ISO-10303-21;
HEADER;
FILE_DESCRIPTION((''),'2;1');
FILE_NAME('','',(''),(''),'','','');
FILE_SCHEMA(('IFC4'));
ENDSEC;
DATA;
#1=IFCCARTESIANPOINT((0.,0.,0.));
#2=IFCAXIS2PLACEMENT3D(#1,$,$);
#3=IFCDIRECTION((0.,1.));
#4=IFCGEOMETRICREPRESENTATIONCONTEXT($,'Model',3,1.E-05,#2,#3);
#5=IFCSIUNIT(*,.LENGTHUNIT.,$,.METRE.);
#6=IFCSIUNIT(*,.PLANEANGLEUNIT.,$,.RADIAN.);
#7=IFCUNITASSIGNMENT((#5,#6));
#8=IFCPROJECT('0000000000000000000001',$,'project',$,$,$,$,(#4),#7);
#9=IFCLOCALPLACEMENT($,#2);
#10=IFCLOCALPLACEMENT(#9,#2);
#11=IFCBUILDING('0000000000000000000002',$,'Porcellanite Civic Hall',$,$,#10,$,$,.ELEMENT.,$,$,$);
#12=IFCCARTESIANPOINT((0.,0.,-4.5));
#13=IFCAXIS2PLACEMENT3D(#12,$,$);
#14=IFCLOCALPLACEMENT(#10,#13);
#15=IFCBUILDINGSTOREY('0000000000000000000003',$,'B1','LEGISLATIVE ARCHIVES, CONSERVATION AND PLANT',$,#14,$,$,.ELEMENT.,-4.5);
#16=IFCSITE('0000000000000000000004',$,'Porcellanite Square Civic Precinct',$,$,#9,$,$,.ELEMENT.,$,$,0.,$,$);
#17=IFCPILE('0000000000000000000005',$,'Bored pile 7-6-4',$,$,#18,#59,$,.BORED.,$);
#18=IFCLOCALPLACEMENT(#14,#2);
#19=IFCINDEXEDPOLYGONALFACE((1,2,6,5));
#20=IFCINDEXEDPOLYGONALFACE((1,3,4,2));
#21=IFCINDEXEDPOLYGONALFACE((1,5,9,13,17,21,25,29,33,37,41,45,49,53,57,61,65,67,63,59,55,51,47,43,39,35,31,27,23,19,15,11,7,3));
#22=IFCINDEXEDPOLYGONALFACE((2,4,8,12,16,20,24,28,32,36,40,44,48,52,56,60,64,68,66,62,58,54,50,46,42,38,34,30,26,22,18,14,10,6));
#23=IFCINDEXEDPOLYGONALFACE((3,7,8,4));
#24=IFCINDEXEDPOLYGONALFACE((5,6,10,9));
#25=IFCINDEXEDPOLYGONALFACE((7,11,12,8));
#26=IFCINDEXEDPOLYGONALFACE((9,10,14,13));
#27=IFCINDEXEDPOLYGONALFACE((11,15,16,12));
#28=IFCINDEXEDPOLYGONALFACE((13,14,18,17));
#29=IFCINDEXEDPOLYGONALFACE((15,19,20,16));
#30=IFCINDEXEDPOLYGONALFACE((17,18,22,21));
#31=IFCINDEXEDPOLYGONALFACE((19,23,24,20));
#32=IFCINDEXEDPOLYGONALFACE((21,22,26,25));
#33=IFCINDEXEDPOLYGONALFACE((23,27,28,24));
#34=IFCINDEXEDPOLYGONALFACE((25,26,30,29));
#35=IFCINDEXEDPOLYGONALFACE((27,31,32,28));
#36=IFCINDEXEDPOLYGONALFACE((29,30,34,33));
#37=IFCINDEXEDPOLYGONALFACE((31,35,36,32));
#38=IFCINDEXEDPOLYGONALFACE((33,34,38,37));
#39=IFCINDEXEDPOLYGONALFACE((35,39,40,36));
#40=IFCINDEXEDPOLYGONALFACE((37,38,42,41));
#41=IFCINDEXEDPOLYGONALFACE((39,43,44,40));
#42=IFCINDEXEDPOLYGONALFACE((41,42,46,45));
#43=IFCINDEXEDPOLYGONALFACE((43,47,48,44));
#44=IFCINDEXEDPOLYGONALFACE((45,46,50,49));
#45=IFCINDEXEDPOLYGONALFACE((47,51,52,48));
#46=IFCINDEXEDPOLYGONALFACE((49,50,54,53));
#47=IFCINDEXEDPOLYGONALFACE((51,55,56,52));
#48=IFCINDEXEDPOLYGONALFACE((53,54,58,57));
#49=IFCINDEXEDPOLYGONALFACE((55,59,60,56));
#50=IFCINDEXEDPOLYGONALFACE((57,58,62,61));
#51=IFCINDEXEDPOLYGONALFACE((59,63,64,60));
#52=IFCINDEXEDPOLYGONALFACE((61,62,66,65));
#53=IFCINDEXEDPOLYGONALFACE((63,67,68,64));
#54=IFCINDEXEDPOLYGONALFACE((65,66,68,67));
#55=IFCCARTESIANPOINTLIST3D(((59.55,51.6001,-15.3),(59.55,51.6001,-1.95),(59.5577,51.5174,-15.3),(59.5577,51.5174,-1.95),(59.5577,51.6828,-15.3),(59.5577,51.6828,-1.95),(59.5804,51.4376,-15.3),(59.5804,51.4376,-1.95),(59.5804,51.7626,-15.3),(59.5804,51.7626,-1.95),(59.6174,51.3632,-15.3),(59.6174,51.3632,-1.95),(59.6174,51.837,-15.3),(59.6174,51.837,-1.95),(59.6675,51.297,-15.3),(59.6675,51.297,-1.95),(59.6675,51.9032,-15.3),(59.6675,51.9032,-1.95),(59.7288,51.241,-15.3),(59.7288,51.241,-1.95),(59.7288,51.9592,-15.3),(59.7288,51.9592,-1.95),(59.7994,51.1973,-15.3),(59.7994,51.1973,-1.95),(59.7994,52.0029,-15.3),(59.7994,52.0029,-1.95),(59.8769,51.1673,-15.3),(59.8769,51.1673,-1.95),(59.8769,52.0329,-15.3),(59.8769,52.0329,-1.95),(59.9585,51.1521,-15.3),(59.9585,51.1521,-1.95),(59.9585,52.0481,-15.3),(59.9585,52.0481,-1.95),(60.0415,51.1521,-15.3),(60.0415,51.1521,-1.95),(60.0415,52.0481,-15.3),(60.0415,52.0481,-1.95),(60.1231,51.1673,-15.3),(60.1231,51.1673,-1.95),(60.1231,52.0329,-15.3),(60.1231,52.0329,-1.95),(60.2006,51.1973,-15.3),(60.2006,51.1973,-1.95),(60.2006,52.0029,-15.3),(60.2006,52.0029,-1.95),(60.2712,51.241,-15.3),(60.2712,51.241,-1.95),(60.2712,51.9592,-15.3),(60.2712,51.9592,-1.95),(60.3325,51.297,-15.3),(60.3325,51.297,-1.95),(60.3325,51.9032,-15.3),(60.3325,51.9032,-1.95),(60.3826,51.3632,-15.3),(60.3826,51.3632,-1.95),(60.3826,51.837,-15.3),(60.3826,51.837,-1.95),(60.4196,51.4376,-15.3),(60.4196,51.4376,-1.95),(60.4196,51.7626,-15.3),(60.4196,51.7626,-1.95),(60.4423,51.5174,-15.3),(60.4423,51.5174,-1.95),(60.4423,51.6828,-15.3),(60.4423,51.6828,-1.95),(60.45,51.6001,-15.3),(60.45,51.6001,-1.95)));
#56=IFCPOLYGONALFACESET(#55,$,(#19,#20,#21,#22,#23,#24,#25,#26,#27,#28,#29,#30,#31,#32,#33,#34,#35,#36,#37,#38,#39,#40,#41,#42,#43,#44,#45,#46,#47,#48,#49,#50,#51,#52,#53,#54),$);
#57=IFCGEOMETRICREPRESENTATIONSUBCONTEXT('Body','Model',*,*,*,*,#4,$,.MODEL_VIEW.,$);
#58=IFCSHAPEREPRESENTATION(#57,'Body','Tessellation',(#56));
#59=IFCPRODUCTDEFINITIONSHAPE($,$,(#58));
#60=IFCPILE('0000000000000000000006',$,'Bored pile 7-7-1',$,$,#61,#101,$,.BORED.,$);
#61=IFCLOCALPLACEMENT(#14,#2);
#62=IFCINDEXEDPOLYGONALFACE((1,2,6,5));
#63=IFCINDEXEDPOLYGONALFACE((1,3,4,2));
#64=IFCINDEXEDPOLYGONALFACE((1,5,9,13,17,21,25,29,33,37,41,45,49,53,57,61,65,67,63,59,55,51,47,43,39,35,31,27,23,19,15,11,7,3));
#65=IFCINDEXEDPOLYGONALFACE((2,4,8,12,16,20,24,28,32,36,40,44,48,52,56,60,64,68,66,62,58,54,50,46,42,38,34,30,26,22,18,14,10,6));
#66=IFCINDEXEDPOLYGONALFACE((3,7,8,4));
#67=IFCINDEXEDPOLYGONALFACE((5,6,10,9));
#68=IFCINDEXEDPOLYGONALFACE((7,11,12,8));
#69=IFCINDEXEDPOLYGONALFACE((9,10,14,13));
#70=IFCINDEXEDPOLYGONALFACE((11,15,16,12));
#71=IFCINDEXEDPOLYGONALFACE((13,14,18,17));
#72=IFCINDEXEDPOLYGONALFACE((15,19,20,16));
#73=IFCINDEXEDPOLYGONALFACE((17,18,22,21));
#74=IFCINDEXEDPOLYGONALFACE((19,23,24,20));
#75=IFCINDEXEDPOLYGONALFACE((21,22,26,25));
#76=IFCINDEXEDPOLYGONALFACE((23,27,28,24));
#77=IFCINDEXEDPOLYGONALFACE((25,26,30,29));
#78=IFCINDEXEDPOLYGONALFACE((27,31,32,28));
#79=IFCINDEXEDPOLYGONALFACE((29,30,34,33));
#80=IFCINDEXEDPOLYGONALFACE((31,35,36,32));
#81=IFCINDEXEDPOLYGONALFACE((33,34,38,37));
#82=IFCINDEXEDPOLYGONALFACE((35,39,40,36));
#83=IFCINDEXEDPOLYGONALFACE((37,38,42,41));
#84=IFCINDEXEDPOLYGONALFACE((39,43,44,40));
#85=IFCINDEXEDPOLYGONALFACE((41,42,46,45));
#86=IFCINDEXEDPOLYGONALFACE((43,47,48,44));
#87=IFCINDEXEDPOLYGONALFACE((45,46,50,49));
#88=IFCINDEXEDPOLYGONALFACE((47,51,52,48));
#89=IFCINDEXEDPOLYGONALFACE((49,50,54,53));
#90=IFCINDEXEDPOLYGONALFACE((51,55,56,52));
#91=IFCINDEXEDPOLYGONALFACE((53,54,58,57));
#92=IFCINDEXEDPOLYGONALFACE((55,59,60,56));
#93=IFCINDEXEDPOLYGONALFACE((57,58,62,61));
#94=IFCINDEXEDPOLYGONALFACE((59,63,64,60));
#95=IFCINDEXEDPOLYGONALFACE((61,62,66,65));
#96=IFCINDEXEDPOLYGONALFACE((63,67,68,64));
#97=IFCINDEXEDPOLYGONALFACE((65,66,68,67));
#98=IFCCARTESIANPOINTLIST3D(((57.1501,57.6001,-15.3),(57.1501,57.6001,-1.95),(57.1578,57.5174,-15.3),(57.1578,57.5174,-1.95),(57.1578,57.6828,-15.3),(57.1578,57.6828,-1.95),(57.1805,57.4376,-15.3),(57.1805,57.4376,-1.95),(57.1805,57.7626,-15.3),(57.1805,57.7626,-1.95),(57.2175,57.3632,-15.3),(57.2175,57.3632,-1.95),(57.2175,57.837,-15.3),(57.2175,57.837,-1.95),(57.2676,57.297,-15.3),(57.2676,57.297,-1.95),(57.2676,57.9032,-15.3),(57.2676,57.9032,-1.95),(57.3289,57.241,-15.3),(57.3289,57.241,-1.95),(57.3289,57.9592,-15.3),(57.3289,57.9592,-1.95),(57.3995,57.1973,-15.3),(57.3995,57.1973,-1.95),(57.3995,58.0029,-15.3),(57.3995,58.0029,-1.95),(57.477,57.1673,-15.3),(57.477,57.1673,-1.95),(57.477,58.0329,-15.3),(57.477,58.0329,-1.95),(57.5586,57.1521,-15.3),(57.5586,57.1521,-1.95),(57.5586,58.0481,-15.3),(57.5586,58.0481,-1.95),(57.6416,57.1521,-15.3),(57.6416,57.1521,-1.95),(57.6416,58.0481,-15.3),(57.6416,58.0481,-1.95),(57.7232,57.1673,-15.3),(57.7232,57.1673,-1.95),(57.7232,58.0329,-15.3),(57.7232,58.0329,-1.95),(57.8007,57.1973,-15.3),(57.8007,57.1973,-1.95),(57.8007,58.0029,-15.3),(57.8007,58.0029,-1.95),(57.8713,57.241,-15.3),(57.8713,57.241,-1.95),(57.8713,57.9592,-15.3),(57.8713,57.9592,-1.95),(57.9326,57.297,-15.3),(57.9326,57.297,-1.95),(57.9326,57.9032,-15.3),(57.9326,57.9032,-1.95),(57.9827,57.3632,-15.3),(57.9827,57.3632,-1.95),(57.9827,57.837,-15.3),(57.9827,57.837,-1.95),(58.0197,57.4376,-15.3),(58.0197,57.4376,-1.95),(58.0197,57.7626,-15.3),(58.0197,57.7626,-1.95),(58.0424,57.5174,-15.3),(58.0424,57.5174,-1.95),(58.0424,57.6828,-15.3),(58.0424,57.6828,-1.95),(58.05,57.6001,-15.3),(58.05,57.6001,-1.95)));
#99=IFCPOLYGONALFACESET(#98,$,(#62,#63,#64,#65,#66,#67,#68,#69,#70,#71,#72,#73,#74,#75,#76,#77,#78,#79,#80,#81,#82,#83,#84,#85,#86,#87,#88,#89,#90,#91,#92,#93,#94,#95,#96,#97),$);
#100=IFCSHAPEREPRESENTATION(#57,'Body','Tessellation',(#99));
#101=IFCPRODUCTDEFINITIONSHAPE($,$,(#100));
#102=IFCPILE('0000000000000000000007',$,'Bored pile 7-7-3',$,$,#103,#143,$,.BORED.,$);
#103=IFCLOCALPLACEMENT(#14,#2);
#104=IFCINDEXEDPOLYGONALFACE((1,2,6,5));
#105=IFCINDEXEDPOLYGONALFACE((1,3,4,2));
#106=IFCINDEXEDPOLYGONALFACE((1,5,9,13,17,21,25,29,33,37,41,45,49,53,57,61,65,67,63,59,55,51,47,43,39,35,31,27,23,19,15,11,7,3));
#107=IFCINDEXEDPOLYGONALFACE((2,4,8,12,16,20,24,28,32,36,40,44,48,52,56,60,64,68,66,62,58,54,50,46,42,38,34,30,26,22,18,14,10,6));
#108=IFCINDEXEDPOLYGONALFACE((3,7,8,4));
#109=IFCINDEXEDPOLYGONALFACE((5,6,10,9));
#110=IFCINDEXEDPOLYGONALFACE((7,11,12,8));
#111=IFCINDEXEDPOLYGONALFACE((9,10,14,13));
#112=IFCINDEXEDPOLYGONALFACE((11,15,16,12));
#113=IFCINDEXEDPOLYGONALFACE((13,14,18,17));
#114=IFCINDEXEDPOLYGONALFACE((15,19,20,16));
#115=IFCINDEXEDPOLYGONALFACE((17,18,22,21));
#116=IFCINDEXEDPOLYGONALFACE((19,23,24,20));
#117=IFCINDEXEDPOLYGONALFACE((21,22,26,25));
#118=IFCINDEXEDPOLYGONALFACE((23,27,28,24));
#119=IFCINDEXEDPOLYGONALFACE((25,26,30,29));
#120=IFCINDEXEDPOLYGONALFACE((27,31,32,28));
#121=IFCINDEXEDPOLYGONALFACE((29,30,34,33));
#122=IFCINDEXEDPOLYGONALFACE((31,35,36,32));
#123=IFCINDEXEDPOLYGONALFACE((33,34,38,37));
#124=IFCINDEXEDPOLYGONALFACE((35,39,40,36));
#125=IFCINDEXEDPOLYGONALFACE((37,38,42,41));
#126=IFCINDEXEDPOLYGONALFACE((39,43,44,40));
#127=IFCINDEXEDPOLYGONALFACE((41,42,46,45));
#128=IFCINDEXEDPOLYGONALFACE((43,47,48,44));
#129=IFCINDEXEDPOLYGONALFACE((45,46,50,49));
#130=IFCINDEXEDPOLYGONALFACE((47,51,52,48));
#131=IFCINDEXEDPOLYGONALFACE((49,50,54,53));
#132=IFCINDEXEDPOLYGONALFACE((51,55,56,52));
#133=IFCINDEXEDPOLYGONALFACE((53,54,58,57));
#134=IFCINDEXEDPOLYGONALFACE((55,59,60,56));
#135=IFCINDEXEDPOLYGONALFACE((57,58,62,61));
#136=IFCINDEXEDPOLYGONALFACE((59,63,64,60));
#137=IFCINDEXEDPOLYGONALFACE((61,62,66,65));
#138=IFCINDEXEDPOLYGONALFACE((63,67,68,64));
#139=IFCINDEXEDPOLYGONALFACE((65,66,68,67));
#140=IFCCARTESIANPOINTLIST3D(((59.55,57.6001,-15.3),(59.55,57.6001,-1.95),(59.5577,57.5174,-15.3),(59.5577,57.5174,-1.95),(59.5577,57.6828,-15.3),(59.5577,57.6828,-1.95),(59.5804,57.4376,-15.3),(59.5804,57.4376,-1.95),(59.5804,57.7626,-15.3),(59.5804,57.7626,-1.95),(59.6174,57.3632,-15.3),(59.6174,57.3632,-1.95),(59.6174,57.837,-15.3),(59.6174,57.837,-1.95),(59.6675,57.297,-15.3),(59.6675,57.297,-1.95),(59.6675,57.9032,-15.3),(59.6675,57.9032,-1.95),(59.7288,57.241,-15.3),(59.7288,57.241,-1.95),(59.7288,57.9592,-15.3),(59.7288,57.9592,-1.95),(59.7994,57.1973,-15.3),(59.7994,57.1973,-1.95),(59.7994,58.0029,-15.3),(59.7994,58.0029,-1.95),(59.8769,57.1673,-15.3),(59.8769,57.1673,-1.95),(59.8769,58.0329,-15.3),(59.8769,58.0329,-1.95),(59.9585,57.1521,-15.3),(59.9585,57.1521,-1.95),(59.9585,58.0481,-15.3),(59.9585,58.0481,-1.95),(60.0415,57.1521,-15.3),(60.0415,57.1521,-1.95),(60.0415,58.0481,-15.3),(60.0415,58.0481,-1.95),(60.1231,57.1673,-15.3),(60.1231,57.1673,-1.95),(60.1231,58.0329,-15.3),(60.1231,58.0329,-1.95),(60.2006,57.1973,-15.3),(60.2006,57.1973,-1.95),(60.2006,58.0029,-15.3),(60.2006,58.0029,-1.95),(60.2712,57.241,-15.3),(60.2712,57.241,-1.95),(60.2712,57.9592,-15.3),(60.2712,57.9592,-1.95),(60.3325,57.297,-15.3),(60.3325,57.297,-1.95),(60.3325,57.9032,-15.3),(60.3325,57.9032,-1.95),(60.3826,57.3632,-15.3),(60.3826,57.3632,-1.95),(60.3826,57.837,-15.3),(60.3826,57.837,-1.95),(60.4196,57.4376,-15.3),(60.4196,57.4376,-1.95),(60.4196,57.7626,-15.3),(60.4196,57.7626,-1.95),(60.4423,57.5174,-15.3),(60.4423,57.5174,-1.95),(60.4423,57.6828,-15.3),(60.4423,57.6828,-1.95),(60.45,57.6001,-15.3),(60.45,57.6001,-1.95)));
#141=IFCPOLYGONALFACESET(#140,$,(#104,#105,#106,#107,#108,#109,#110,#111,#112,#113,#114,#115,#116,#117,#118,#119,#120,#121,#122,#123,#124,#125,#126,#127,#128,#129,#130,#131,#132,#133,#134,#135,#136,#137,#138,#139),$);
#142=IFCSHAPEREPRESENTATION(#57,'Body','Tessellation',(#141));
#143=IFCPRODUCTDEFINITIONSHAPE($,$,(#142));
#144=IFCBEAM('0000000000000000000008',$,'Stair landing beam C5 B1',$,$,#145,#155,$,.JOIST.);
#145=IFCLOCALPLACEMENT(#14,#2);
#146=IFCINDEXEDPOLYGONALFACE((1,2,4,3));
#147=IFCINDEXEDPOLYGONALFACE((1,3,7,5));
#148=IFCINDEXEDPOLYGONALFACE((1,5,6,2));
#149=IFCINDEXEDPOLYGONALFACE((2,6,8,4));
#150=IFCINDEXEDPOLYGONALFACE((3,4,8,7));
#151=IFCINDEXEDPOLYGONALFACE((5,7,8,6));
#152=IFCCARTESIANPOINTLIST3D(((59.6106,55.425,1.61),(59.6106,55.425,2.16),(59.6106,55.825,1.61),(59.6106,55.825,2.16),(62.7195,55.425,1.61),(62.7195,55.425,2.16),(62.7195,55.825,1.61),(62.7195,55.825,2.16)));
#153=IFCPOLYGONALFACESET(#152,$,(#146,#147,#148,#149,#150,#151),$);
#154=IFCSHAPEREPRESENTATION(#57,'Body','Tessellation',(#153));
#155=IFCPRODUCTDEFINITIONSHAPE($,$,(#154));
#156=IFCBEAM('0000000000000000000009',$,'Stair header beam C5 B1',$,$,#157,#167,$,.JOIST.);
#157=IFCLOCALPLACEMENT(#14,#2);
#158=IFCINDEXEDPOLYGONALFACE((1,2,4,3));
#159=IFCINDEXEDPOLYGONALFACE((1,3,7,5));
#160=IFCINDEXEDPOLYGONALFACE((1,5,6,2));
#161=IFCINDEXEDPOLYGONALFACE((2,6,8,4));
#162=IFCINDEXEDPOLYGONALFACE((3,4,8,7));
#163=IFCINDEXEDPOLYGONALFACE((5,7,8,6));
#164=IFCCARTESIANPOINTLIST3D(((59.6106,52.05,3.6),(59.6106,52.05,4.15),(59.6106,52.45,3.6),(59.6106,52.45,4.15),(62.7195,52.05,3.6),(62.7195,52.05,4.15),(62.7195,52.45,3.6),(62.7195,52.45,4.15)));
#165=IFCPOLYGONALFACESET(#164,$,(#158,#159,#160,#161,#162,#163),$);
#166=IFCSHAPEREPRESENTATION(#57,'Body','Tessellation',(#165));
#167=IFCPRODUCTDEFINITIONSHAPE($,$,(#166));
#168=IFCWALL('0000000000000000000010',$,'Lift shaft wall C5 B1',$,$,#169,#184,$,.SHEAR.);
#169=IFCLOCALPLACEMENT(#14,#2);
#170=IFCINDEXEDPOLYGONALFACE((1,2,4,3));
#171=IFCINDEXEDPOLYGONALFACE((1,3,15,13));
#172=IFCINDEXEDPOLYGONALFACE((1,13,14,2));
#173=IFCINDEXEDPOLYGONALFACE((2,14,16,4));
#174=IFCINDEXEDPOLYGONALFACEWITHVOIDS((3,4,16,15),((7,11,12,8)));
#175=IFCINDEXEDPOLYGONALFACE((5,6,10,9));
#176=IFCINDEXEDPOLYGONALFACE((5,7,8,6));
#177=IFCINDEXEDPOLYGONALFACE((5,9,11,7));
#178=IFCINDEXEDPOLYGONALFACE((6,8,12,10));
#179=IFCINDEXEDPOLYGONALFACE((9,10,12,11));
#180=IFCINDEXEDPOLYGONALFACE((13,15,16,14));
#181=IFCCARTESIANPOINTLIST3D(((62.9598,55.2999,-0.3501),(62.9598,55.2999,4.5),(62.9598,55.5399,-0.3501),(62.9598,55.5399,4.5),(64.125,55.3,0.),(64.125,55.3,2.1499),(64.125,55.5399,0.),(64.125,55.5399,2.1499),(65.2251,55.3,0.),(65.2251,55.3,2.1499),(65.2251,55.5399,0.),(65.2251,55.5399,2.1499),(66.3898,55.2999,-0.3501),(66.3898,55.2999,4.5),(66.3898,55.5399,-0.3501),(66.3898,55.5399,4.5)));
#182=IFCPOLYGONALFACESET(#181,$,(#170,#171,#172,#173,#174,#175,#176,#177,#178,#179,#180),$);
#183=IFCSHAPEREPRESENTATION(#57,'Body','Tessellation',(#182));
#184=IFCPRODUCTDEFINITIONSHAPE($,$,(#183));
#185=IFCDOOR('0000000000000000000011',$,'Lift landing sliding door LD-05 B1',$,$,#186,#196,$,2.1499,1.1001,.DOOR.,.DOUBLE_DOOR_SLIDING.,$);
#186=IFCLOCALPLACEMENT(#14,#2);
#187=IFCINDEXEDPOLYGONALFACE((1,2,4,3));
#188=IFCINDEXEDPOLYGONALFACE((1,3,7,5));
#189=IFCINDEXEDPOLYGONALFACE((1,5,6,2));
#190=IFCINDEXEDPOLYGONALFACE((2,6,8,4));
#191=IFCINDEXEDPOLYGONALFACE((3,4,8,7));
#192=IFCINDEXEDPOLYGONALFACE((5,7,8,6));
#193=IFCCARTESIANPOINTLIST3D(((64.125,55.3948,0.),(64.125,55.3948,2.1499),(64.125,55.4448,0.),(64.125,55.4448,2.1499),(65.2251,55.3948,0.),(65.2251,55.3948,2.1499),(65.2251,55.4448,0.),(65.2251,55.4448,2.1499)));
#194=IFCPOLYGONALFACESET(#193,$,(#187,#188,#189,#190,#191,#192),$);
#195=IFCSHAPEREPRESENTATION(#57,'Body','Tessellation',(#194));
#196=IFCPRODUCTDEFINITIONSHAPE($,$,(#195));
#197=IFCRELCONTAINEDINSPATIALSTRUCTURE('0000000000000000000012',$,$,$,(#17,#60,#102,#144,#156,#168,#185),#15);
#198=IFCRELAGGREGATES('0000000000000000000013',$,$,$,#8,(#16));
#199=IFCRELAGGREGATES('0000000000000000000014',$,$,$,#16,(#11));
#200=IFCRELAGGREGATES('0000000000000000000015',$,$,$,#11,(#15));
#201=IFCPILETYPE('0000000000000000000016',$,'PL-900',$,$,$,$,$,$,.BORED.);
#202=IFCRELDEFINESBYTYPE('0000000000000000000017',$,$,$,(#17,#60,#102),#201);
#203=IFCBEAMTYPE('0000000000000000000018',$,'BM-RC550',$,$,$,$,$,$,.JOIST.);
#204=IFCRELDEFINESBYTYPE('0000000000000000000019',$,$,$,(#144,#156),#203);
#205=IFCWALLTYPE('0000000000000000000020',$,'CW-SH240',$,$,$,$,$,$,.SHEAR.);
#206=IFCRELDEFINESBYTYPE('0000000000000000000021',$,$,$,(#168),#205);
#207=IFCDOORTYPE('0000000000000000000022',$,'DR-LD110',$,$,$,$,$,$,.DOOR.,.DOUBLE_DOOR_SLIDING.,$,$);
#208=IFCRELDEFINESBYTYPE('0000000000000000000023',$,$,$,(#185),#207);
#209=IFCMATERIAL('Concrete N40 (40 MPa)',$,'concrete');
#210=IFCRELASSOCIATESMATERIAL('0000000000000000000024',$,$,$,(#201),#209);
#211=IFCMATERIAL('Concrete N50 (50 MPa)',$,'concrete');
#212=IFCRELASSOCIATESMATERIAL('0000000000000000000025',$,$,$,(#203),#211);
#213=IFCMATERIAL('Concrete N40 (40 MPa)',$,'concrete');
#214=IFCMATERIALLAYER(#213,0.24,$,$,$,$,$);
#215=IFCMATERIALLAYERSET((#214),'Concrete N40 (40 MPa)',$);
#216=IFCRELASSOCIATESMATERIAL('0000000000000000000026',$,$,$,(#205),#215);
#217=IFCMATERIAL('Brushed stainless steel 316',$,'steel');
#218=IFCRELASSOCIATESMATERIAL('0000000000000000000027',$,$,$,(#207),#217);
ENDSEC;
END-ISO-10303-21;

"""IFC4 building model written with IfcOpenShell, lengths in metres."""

from ifc_helpers import new_model, si_unit, direction, frame, frame_2d, origin, origin_2d, place, context, subcontext, project, spatial, rectangle, circle, extrude, material, layer, layer_set, material_profile, profile_set, type_object, element, fill, save


model = new_model("IFC4")

# Units and contexts
model_context = context("Model", 3, precision=1e-05, world=origin(), true_north=direction((0.0, 1.0)))
body_context = subcontext(model_context, "Body", "Model", "MODEL_VIEW")
ifc_project = project(units=[si_unit("LENGTHUNIT", "METRE"), si_unit("PLANEANGLEUNIT", "RADIAN")], contexts=[model_context])

# Site, building, storey
site_placement = place(None, origin())
site = spatial("IfcSite", under=ifc_project, at=site_placement, Name="Porcellanite Square Civic Precinct", CompositionType="ELEMENT", RefElevation=0.0)
building_placement = place(site_placement, origin())
building = spatial("IfcBuilding", under=site, at=building_placement, Name="Porcellanite Civic Hall", CompositionType="ELEMENT")
storey_placement = place(building_placement, frame((0.0, 0.0, -4.5)))
storey = spatial("IfcBuildingStorey", under=building, at=storey_placement, Name="B1", Description="LEGISLATIVE ARCHIVES, CONSERVATION AND PLANT", CompositionType="ELEMENT", Elevation=-4.5)

# Piles
ifc_material_1 = material(Name="Concrete N40 (40 MPa)", Category="concrete")
ifc_material_profile_1 = material_profile(ifc_material_1, circle(Radius=0.45, at=origin_2d()), Name="PILE-D900")
ifc_profile_set_1 = profile_set([ifc_material_profile_1], Name="Concrete N40 (40 MPa)")
pile_type = type_object("IfcPileType", Name="PL-900", PredefinedType="BORED", material=ifc_profile_set_1)
for number, where, z_axis, x_axis, name in (
    (1, (60.0, 51.6001, -1.95), (0.0, 0.0, -1.0), (1.0, 0.0, 0.0), "Bored pile 7-6-4"),
    (2, (57.6001, 57.6001, -1.95), (0.0, 0.0, -1.0), (1.0, 0.0, 0.0), "Bored pile 7-7-1"),
    (3, (60.0, 57.6001, -1.95), (0.0, 0.0, -1.0), (1.0, 0.0, 0.0), "Bored pile 7-7-3"),
):
    element("IfcPile", number, at=place(storey_placement, frame(where, z_axis=z_axis, x_axis=x_axis)), inside=storey, type_object=pile_type, Name=name, PredefinedType="BORED", context=body_context, shape_type="SweptSolid", body=[
        extrude(circle(Radius=0.45, at=origin_2d()), origin(), (0.0, 0.0, 1.0), 13.3501),
    ])

# Beams
ifc_material_2 = material(Name="Concrete N50 (50 MPa)", Category="concrete")
ifc_material_profile_2 = material_profile(ifc_material_2, rectangle(XDim=0.3999, YDim=0.55, at=origin_2d()), Name="RC-400x550")
ifc_profile_set_2 = profile_set([ifc_material_profile_2], Name="Concrete N50 (50 MPa)")
beam_type = type_object("IfcBeamType", Name="BM-RC550", PredefinedType="JOIST", material=ifc_profile_set_2)
for number, where, z_axis, x_axis, name in (
    (4, (59.6106, 55.625, 1.885), (1.0, 0.0, 0.0), (0.0, 1.0, 0.0), "Stair landing beam C5 B1"),
    (5, (59.6106, 52.25, 3.875), (1.0, 0.0, 0.0), (0.0, 1.0, 0.0), "Stair header beam C5 B1"),
):
    element("IfcBeam", number, at=place(storey_placement, frame(where, z_axis=z_axis, x_axis=x_axis)), inside=storey, type_object=beam_type, Name=name, PredefinedType="JOIST", context=body_context, shape_type="SweptSolid", body=[
        extrude(rectangle(XDim=0.3999, YDim=0.55, at=origin_2d()), origin(), (0.0, 0.0, 1.0), 3.1089),
    ])

# Wall, opening, door
ifc_material_3 = material(Name="Concrete N40 (40 MPa)", Category="concrete")
ifc_layer_1 = layer(ifc_material_3, 0.24)
ifc_layer_set_1 = layer_set([ifc_layer_1], Name="Concrete N40 (40 MPa)")
wall_type = type_object("IfcWallType", Name="CW-SH240", PredefinedType="SHEAR", material=ifc_layer_set_1)
wall_placement = place(storey_placement, frame((62.96, 55.4199, -0.3501), z_axis=(0.0, 0.0, 1.0), x_axis=(1.0, 0.0, 0.0)))
wall = element("IfcWall", 6, at=wall_placement, inside=storey, type_object=wall_type, Name="Lift shaft wall C5 B1", PredefinedType="SHEAR", context=body_context, shape_type="SweptSolid", body=[
    extrude(rectangle(XDim=3.4299, YDim=0.24, at=frame_2d((1.7148, 0.0))), origin(), (0.0, 0.0, 1.0), 4.8501),
])
opening_placement = place(wall_placement, frame((1.165, 0.0, 0.3501)))
opening = element("IfcOpeningElement", 7, at=opening_placement, cuts=wall, PredefinedType="OPENING", context=body_context, shape_type="SweptSolid", body=[
    extrude(rectangle(XDim=1.1001, YDim=2.1499, at=frame_2d((0.55, 1.075))), frame((0.0, 0.1201, 0.0), z_axis=(0.0, -1.0, 0.0), x_axis=(1.0, 0.0, 0.0)), (0.0, 0.0, 1.0), 0.24),
])
ifc_material_4 = material(Name="Brushed stainless steel 316", Category="steel")
door_type = type_object("IfcDoorType", Name="DR-LD110", OperationType="DOUBLE_DOOR_SLIDING", PredefinedType="DOOR", material=ifc_material_4)
door_placement = place(opening_placement, origin())
door = element("IfcDoor", 8, at=door_placement, inside=storey, type_object=door_type, Name="Lift landing sliding door LD-05 B1", OperationType="DOUBLE_DOOR_SLIDING", OverallHeight=2.1499, OverallWidth=1.1001, PredefinedType="DOOR", context=body_context, shape_type="SweptSolid", body=[
    extrude(rectangle(XDim=1.1001, YDim=2.1499, at=frame_2d((0.55, 1.075))), frame((0.0, 0.0249, 0.0), z_axis=(0.0, -1.0, 0.0), x_axis=(1.0, 0.0, 0.0)), (0.0, 0.0, 1.0), 0.05),
])
fill(opening, door)

save(model, "model.ifc")
